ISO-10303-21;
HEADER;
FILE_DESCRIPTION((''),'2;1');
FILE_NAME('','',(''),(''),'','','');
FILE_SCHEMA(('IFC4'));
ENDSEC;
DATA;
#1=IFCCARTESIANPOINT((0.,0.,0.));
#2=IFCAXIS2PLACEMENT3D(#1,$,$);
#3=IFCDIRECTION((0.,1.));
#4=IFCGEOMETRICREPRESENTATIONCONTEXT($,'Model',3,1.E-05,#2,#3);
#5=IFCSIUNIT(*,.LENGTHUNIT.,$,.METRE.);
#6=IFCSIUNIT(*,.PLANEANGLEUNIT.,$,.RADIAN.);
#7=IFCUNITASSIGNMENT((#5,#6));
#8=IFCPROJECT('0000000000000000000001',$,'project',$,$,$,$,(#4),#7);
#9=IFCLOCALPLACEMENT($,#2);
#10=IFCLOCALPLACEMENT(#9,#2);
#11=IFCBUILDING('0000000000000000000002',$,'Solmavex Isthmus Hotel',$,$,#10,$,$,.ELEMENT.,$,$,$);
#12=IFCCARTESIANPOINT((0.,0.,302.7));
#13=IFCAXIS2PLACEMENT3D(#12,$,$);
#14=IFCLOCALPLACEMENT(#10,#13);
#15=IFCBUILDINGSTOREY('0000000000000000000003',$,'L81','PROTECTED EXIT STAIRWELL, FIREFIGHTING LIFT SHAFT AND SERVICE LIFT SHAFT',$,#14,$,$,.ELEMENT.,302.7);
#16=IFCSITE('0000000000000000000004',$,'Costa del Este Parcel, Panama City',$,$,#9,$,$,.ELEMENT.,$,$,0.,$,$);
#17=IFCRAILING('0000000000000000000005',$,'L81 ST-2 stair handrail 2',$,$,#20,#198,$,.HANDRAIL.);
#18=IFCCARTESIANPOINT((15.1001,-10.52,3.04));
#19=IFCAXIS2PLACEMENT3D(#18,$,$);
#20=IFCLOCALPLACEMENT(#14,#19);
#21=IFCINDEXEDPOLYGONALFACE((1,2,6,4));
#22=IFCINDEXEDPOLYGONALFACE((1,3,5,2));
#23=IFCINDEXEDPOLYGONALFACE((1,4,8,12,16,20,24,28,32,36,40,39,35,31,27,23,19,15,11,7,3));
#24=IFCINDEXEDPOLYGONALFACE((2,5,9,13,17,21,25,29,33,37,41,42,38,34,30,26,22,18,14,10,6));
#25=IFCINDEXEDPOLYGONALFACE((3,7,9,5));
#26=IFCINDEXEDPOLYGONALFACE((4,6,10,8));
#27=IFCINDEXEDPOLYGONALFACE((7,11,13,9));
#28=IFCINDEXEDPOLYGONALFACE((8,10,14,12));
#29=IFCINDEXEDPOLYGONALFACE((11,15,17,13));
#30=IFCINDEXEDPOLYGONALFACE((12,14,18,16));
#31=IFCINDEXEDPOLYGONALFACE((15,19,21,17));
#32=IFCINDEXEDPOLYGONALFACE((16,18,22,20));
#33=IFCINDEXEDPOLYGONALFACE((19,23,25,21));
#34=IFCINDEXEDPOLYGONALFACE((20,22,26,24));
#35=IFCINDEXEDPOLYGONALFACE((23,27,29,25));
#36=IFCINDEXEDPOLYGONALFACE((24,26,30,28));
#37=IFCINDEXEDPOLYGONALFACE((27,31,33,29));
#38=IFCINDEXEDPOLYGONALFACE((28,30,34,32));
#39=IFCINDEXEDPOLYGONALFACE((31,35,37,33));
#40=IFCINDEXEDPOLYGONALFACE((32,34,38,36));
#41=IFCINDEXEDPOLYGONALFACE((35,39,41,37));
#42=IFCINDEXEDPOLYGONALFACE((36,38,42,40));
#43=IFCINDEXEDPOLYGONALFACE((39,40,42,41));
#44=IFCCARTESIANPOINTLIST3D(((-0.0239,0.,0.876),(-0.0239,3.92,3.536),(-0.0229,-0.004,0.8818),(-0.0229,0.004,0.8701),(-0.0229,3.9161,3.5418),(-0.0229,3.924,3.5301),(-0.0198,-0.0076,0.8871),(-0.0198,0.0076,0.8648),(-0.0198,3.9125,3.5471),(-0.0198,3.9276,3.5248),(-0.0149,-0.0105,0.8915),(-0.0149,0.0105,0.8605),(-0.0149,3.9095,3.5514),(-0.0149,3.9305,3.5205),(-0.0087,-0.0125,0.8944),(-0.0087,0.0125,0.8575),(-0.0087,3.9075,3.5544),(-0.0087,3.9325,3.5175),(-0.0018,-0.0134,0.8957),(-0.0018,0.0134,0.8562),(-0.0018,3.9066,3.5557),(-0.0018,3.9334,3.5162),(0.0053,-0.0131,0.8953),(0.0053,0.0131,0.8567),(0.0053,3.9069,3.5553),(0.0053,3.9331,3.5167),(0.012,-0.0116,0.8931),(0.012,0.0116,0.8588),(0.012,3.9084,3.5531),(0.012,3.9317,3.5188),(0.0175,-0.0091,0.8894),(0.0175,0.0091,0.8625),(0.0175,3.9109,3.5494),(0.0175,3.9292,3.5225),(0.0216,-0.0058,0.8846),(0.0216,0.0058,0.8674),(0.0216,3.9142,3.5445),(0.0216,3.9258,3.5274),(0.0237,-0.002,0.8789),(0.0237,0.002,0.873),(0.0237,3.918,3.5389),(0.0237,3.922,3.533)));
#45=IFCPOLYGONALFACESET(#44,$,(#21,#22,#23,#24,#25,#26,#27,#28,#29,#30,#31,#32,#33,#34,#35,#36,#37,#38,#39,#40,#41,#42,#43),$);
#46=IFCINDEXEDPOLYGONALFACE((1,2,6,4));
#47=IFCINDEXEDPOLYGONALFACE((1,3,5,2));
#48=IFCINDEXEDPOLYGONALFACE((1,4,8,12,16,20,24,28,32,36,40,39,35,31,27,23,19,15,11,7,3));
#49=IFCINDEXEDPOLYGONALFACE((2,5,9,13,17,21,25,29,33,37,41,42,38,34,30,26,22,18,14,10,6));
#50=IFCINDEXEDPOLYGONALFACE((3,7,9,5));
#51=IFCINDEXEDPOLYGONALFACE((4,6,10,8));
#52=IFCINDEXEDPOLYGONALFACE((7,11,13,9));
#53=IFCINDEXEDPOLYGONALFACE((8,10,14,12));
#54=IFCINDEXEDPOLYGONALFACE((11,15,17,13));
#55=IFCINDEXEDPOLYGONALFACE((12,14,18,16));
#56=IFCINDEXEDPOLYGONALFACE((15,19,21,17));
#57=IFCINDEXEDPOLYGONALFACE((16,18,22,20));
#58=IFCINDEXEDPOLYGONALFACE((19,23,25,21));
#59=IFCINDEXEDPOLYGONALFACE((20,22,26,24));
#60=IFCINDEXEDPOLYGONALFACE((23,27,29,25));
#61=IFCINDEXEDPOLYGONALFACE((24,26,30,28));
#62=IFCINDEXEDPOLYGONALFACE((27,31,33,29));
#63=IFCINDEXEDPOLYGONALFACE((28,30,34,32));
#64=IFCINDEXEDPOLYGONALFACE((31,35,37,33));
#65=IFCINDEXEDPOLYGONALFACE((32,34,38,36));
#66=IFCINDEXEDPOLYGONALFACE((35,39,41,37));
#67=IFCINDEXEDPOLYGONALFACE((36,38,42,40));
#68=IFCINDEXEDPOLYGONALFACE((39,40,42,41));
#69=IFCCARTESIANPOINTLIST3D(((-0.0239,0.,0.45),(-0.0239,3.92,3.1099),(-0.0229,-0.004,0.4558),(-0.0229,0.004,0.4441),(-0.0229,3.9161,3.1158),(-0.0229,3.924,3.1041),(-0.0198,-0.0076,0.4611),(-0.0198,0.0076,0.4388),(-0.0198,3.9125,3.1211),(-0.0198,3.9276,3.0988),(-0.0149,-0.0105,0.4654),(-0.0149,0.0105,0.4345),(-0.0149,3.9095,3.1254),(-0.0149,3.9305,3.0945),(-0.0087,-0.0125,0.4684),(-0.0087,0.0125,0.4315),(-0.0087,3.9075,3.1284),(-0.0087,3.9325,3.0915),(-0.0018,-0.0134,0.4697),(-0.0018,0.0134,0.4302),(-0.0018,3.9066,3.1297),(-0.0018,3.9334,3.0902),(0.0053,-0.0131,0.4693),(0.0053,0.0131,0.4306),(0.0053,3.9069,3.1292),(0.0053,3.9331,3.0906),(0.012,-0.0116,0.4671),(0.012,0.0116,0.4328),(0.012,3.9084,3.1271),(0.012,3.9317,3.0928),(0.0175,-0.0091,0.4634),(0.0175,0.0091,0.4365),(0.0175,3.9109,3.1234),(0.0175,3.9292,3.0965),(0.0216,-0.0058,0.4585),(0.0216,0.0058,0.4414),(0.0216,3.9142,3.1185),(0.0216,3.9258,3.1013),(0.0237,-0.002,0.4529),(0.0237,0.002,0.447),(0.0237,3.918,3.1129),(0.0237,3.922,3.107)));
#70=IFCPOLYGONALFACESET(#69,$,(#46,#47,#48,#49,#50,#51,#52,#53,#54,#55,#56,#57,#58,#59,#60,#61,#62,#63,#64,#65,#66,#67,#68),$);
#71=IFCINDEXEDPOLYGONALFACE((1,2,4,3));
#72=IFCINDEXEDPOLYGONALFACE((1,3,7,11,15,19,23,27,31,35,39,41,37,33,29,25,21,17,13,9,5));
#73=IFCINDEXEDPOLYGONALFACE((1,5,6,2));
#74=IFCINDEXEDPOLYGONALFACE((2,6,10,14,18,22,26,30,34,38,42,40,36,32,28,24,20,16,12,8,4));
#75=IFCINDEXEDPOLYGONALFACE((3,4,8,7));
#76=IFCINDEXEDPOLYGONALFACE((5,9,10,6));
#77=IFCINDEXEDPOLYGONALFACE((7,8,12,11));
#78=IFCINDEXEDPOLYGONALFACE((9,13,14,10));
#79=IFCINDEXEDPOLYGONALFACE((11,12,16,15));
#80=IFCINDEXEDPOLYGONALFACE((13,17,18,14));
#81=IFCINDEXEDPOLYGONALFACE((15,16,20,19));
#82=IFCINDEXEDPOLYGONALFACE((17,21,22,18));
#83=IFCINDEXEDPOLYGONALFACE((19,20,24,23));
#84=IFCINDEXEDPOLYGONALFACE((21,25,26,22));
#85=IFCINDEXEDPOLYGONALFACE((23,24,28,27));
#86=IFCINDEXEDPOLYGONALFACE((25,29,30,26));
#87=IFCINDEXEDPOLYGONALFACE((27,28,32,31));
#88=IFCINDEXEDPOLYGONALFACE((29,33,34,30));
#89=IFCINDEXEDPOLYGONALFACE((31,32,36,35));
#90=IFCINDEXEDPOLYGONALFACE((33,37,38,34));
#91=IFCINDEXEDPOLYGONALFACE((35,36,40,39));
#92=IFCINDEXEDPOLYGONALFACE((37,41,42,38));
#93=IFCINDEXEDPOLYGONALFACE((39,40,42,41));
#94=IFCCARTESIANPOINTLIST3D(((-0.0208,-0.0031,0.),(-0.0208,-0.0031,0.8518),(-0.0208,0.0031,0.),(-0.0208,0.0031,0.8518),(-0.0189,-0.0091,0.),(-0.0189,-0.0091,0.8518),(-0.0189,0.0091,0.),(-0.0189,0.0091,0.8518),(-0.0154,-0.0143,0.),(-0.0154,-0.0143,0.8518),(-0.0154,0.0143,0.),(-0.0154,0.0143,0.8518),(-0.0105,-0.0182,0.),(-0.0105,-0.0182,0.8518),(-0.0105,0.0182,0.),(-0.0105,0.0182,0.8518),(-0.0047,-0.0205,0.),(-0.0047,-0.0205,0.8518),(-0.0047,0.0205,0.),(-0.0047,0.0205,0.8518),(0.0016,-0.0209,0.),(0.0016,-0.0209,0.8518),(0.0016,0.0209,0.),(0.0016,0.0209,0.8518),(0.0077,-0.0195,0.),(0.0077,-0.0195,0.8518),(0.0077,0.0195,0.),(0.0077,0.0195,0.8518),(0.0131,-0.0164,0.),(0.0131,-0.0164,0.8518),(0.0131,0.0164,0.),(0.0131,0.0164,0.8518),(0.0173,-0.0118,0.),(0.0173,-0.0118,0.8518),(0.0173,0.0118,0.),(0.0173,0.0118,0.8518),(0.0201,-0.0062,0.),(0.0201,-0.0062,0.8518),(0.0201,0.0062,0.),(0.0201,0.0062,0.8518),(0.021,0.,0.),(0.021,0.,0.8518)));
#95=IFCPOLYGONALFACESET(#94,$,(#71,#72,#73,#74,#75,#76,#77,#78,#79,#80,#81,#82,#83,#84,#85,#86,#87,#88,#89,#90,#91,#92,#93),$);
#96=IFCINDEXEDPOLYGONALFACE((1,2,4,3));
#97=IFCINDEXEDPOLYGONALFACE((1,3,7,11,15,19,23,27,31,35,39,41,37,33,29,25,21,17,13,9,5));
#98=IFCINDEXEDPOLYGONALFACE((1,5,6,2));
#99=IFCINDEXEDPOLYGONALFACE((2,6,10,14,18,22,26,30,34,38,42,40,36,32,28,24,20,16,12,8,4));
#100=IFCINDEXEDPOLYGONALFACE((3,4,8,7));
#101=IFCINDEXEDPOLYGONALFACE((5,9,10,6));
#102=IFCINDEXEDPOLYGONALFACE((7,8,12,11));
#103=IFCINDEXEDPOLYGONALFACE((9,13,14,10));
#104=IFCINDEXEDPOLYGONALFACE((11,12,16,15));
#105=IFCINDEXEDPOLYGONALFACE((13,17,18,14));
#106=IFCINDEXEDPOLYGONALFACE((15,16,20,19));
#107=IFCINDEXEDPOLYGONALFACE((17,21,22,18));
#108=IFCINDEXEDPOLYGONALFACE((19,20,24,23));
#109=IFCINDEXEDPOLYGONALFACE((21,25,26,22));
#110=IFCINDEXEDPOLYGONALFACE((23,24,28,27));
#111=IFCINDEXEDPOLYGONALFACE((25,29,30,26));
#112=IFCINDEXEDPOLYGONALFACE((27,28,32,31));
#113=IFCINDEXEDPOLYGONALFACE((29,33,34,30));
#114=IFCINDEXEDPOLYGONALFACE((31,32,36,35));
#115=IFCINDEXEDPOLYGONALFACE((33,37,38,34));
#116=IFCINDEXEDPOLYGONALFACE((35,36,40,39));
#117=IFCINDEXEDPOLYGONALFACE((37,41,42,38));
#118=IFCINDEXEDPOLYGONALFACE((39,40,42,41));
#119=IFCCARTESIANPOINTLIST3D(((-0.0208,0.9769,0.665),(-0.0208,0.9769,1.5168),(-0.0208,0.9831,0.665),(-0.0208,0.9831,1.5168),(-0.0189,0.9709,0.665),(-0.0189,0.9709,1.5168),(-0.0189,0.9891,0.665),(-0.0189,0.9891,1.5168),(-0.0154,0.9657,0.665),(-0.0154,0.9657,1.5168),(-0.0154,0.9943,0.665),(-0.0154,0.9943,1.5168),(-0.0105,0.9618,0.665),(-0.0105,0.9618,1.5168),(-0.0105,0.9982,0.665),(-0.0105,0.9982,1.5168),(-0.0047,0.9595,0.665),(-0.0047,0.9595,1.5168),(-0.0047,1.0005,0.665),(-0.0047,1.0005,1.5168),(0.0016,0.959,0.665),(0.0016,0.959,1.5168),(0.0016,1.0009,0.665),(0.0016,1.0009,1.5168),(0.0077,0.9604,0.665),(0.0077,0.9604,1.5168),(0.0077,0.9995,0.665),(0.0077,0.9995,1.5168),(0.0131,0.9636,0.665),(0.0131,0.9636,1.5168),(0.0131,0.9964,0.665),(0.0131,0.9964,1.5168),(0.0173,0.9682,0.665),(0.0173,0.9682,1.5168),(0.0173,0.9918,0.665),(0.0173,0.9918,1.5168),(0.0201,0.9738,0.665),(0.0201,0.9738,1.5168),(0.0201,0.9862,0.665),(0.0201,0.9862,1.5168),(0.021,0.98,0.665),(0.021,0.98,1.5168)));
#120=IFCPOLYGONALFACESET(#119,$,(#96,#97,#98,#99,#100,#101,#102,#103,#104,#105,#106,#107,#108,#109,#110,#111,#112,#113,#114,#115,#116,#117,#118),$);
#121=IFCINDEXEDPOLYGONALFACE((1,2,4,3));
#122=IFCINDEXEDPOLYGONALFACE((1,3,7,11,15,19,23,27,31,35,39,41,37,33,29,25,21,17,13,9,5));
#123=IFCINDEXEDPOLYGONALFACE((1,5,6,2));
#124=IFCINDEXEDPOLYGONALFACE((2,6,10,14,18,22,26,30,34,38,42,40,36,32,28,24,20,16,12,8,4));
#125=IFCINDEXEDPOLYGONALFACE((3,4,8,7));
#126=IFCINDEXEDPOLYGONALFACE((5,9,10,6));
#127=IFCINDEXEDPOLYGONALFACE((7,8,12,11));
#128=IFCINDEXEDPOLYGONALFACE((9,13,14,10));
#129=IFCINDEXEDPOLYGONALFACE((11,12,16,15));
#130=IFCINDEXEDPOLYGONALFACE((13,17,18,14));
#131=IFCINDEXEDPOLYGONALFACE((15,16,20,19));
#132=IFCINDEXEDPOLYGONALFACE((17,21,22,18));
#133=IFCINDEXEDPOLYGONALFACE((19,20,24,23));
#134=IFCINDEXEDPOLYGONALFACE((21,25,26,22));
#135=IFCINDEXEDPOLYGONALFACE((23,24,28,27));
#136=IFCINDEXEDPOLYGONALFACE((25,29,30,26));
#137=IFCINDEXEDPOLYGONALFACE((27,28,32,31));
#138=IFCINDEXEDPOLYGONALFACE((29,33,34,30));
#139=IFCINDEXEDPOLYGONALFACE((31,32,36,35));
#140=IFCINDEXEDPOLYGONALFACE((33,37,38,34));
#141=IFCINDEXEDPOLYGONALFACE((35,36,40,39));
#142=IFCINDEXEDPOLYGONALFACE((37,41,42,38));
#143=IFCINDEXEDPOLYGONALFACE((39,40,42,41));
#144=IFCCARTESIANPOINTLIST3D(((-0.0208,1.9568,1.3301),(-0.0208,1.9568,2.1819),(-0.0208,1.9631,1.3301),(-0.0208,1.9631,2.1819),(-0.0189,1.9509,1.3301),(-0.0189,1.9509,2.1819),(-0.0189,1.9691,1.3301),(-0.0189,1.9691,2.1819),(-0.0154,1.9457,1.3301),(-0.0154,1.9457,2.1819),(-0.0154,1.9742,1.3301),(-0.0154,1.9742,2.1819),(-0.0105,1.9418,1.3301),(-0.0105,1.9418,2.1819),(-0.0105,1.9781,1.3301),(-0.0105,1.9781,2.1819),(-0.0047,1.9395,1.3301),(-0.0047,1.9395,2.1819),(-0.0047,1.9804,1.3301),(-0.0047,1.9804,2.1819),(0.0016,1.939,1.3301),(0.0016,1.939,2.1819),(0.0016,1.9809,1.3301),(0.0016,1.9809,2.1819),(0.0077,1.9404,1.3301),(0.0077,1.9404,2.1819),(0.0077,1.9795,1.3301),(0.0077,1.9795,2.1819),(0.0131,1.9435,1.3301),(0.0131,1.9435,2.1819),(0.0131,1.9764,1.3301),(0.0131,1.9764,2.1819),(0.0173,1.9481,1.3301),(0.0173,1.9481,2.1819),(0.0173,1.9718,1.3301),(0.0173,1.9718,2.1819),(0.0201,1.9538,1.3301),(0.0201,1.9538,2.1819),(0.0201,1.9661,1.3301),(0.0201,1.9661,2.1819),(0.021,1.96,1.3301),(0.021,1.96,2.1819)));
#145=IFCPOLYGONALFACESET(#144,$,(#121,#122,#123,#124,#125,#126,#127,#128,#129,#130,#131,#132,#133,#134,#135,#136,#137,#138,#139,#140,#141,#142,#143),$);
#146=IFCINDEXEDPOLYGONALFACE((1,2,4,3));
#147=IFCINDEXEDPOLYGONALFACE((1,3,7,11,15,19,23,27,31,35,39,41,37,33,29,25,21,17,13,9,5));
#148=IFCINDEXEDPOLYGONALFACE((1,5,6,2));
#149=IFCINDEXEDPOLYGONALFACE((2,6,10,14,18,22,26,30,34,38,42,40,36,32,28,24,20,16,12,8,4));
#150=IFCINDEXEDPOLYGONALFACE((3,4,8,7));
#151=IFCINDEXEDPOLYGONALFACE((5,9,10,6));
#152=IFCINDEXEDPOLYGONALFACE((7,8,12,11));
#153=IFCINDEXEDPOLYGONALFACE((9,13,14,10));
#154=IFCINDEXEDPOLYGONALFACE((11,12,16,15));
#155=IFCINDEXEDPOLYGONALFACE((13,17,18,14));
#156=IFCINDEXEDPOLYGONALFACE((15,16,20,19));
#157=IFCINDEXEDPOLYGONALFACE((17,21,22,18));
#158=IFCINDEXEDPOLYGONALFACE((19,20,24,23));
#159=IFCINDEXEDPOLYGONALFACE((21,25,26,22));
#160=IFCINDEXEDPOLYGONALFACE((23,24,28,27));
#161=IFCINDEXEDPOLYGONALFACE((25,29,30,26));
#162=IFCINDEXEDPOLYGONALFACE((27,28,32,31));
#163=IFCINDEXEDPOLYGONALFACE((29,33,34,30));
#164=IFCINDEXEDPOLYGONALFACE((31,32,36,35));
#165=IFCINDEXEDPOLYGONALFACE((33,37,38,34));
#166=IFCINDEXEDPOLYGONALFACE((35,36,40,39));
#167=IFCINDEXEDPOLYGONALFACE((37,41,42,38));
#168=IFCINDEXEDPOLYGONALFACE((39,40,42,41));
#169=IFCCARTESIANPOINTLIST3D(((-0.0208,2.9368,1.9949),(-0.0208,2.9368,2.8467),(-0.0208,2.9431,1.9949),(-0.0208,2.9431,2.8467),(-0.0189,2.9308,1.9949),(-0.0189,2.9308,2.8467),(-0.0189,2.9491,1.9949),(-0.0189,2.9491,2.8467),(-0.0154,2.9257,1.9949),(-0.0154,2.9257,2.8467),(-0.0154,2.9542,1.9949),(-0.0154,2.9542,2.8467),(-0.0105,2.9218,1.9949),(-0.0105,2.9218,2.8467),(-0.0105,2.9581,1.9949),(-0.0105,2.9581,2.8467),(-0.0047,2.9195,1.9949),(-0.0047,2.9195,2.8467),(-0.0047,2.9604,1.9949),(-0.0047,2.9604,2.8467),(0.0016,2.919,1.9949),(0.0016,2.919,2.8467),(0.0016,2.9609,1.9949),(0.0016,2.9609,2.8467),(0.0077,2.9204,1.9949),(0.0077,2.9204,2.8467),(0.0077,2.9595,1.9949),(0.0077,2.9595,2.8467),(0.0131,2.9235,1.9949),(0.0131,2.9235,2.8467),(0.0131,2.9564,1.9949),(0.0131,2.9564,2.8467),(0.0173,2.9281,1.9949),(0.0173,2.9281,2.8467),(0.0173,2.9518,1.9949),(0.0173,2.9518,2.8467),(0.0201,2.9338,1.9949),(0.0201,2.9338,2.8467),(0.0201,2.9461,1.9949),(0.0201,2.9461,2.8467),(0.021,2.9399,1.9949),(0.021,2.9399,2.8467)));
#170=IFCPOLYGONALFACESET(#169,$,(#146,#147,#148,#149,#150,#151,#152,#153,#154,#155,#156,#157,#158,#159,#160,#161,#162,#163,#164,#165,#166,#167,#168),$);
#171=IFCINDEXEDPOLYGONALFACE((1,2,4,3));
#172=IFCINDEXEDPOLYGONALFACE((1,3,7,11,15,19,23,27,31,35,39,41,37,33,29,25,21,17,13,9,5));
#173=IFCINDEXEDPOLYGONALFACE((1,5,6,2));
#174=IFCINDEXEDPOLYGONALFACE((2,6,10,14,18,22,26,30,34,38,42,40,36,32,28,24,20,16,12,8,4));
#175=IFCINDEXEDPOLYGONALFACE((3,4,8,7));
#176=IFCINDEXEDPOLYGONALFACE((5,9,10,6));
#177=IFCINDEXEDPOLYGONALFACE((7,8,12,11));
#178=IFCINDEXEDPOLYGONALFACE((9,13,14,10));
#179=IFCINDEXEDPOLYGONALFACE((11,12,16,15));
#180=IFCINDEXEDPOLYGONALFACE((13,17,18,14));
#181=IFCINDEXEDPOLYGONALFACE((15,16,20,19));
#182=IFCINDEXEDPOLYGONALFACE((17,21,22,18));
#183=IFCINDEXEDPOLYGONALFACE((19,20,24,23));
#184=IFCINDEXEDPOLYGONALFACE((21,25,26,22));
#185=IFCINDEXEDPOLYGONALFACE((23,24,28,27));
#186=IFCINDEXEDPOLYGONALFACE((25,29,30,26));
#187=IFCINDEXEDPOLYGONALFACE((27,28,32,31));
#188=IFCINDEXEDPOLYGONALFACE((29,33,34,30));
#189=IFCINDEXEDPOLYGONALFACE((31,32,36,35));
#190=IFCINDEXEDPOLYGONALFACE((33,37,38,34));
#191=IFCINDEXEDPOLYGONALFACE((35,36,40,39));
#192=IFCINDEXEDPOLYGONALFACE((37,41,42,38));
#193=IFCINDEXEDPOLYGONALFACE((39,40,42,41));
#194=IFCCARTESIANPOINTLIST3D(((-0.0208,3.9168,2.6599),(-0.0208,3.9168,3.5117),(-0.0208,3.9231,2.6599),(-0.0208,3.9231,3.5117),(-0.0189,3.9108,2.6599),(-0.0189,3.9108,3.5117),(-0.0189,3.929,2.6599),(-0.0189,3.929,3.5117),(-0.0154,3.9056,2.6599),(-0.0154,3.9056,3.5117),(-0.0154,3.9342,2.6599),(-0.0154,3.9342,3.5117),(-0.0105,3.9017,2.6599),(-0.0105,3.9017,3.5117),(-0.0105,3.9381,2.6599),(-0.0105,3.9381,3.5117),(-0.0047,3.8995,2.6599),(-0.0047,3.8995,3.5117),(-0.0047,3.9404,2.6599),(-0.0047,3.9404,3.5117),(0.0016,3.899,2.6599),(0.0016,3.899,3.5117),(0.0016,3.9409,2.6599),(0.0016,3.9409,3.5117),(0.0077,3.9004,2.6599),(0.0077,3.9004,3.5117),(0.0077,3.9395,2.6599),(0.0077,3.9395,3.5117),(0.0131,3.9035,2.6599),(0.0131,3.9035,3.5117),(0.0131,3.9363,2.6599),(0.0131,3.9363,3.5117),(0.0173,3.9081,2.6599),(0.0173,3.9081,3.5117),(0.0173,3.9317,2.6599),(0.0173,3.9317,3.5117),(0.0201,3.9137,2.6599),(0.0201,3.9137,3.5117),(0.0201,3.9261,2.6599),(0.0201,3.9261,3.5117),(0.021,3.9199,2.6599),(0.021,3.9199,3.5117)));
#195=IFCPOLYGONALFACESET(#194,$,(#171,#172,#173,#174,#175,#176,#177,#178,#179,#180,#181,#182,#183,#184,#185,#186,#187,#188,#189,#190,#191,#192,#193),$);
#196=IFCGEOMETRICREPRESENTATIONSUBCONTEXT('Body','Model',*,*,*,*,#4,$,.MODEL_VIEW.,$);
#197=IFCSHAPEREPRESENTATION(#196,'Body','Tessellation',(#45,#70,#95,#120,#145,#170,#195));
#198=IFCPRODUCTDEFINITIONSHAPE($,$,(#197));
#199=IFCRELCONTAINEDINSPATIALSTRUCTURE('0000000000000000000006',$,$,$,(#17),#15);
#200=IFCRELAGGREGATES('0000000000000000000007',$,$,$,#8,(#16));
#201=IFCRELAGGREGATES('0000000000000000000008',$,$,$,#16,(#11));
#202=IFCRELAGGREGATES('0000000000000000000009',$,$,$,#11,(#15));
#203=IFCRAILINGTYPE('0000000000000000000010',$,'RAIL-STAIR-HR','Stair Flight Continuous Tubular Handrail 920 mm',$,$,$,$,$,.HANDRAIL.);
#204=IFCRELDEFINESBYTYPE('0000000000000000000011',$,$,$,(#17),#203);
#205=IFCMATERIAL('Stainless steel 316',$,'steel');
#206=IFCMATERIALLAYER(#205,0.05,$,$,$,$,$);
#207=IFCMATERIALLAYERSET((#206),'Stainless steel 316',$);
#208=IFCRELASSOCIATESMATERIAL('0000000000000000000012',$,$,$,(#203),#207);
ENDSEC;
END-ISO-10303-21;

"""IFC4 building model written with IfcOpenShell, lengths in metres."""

from ifc_helpers import new_model, si_unit, direction, frame, origin, origin_2d, place, context, subcontext, project, spatial, circle, extrude, material, layer, layer_set, type_object, element, save


model = new_model("IFC4")

# Units and contexts
model_context = context("Model", 3, precision=1e-05, world=origin(), true_north=direction((0.0, 1.0)))
body_context = subcontext(model_context, "Body", "Model", "MODEL_VIEW")
ifc_project = project(units=[si_unit("LENGTHUNIT", "METRE"), si_unit("PLANEANGLEUNIT", "RADIAN")], contexts=[model_context])

# Site, building, storey
site_placement = place(None, origin())
site = spatial("IfcSite", under=ifc_project, at=site_placement, Name="Costa del Este Parcel, Panama City", CompositionType="ELEMENT", RefElevation=0.0)
building_placement = place(site_placement, origin())
building = spatial("IfcBuilding", under=site, at=building_placement, Name="Solmavex Isthmus Hotel", CompositionType="ELEMENT")
storey_placement = place(building_placement, frame((0.0, 0.0, 302.7)))
storey = spatial("IfcBuildingStorey", under=building, at=storey_placement, Name="L81", Description="PROTECTED EXIT STAIRWELL, FIREFIGHTING LIFT SHAFT AND SERVICE LIFT SHAFT", CompositionType="ELEMENT", Elevation=302.7)

# Railing
ifc_material_1 = material(Name="Stainless steel 316", Category="steel")
ifc_layer_1 = layer(ifc_material_1, 0.05)
ifc_layer_set_1 = layer_set([ifc_layer_1], Name="Stainless steel 316")
railing_type_1 = type_object("IfcRailingType", Name="RAIL-STAIR-HR", Description="Stair Flight Continuous Tubular Handrail 920 mm", PredefinedType="HANDRAIL", material=ifc_layer_set_1)
railing_1_placement = place(storey_placement, frame((15.1001, -10.52, 3.04)))
element("IfcRailing", 1, at=railing_1_placement, inside=storey, type_object=railing_type_1, Name="L81 ST-2 stair handrail 2", PredefinedType="HANDRAIL", context=body_context, shape_type="SweptSolid", body=[
    extrude(circle(Radius=0.0239, at=origin_2d()), frame((0.0, 0.0, 0.876), z_axis=(0.0, 0.827479, 0.561496), x_axis=(-1.0, 0.0, 0.0)), (0.0, 0.0, 1.0), 4.7373),
    extrude(circle(Radius=0.0239, at=origin_2d()), frame((0.0, 0.0, 0.45), z_axis=(0.0, 0.827479, 0.561496), x_axis=(-1.0, 0.0, 0.0)), (0.0, 0.0, 1.0), 4.7373),
    extrude(circle(Radius=0.021, at=origin_2d()), origin(), (0.0, 0.0, 1.0), 0.8518),
    extrude(circle(Radius=0.021, at=origin_2d()), frame((0.0, 0.98, 0.665)), (0.0, 0.0, 1.0), 0.8518),
    extrude(circle(Radius=0.021, at=origin_2d()), frame((0.0, 1.96, 1.3301)), (0.0, 0.0, 1.0), 0.8518),
    extrude(circle(Radius=0.021, at=origin_2d()), frame((0.0, 2.9399, 1.9949)), (0.0, 0.0, 1.0), 0.8518),
    extrude(circle(Radius=0.021, at=origin_2d()), frame((0.0, 3.9199, 2.6599)), (0.0, 0.0, 1.0), 0.8518),
])

save(model, "model.ifc")
